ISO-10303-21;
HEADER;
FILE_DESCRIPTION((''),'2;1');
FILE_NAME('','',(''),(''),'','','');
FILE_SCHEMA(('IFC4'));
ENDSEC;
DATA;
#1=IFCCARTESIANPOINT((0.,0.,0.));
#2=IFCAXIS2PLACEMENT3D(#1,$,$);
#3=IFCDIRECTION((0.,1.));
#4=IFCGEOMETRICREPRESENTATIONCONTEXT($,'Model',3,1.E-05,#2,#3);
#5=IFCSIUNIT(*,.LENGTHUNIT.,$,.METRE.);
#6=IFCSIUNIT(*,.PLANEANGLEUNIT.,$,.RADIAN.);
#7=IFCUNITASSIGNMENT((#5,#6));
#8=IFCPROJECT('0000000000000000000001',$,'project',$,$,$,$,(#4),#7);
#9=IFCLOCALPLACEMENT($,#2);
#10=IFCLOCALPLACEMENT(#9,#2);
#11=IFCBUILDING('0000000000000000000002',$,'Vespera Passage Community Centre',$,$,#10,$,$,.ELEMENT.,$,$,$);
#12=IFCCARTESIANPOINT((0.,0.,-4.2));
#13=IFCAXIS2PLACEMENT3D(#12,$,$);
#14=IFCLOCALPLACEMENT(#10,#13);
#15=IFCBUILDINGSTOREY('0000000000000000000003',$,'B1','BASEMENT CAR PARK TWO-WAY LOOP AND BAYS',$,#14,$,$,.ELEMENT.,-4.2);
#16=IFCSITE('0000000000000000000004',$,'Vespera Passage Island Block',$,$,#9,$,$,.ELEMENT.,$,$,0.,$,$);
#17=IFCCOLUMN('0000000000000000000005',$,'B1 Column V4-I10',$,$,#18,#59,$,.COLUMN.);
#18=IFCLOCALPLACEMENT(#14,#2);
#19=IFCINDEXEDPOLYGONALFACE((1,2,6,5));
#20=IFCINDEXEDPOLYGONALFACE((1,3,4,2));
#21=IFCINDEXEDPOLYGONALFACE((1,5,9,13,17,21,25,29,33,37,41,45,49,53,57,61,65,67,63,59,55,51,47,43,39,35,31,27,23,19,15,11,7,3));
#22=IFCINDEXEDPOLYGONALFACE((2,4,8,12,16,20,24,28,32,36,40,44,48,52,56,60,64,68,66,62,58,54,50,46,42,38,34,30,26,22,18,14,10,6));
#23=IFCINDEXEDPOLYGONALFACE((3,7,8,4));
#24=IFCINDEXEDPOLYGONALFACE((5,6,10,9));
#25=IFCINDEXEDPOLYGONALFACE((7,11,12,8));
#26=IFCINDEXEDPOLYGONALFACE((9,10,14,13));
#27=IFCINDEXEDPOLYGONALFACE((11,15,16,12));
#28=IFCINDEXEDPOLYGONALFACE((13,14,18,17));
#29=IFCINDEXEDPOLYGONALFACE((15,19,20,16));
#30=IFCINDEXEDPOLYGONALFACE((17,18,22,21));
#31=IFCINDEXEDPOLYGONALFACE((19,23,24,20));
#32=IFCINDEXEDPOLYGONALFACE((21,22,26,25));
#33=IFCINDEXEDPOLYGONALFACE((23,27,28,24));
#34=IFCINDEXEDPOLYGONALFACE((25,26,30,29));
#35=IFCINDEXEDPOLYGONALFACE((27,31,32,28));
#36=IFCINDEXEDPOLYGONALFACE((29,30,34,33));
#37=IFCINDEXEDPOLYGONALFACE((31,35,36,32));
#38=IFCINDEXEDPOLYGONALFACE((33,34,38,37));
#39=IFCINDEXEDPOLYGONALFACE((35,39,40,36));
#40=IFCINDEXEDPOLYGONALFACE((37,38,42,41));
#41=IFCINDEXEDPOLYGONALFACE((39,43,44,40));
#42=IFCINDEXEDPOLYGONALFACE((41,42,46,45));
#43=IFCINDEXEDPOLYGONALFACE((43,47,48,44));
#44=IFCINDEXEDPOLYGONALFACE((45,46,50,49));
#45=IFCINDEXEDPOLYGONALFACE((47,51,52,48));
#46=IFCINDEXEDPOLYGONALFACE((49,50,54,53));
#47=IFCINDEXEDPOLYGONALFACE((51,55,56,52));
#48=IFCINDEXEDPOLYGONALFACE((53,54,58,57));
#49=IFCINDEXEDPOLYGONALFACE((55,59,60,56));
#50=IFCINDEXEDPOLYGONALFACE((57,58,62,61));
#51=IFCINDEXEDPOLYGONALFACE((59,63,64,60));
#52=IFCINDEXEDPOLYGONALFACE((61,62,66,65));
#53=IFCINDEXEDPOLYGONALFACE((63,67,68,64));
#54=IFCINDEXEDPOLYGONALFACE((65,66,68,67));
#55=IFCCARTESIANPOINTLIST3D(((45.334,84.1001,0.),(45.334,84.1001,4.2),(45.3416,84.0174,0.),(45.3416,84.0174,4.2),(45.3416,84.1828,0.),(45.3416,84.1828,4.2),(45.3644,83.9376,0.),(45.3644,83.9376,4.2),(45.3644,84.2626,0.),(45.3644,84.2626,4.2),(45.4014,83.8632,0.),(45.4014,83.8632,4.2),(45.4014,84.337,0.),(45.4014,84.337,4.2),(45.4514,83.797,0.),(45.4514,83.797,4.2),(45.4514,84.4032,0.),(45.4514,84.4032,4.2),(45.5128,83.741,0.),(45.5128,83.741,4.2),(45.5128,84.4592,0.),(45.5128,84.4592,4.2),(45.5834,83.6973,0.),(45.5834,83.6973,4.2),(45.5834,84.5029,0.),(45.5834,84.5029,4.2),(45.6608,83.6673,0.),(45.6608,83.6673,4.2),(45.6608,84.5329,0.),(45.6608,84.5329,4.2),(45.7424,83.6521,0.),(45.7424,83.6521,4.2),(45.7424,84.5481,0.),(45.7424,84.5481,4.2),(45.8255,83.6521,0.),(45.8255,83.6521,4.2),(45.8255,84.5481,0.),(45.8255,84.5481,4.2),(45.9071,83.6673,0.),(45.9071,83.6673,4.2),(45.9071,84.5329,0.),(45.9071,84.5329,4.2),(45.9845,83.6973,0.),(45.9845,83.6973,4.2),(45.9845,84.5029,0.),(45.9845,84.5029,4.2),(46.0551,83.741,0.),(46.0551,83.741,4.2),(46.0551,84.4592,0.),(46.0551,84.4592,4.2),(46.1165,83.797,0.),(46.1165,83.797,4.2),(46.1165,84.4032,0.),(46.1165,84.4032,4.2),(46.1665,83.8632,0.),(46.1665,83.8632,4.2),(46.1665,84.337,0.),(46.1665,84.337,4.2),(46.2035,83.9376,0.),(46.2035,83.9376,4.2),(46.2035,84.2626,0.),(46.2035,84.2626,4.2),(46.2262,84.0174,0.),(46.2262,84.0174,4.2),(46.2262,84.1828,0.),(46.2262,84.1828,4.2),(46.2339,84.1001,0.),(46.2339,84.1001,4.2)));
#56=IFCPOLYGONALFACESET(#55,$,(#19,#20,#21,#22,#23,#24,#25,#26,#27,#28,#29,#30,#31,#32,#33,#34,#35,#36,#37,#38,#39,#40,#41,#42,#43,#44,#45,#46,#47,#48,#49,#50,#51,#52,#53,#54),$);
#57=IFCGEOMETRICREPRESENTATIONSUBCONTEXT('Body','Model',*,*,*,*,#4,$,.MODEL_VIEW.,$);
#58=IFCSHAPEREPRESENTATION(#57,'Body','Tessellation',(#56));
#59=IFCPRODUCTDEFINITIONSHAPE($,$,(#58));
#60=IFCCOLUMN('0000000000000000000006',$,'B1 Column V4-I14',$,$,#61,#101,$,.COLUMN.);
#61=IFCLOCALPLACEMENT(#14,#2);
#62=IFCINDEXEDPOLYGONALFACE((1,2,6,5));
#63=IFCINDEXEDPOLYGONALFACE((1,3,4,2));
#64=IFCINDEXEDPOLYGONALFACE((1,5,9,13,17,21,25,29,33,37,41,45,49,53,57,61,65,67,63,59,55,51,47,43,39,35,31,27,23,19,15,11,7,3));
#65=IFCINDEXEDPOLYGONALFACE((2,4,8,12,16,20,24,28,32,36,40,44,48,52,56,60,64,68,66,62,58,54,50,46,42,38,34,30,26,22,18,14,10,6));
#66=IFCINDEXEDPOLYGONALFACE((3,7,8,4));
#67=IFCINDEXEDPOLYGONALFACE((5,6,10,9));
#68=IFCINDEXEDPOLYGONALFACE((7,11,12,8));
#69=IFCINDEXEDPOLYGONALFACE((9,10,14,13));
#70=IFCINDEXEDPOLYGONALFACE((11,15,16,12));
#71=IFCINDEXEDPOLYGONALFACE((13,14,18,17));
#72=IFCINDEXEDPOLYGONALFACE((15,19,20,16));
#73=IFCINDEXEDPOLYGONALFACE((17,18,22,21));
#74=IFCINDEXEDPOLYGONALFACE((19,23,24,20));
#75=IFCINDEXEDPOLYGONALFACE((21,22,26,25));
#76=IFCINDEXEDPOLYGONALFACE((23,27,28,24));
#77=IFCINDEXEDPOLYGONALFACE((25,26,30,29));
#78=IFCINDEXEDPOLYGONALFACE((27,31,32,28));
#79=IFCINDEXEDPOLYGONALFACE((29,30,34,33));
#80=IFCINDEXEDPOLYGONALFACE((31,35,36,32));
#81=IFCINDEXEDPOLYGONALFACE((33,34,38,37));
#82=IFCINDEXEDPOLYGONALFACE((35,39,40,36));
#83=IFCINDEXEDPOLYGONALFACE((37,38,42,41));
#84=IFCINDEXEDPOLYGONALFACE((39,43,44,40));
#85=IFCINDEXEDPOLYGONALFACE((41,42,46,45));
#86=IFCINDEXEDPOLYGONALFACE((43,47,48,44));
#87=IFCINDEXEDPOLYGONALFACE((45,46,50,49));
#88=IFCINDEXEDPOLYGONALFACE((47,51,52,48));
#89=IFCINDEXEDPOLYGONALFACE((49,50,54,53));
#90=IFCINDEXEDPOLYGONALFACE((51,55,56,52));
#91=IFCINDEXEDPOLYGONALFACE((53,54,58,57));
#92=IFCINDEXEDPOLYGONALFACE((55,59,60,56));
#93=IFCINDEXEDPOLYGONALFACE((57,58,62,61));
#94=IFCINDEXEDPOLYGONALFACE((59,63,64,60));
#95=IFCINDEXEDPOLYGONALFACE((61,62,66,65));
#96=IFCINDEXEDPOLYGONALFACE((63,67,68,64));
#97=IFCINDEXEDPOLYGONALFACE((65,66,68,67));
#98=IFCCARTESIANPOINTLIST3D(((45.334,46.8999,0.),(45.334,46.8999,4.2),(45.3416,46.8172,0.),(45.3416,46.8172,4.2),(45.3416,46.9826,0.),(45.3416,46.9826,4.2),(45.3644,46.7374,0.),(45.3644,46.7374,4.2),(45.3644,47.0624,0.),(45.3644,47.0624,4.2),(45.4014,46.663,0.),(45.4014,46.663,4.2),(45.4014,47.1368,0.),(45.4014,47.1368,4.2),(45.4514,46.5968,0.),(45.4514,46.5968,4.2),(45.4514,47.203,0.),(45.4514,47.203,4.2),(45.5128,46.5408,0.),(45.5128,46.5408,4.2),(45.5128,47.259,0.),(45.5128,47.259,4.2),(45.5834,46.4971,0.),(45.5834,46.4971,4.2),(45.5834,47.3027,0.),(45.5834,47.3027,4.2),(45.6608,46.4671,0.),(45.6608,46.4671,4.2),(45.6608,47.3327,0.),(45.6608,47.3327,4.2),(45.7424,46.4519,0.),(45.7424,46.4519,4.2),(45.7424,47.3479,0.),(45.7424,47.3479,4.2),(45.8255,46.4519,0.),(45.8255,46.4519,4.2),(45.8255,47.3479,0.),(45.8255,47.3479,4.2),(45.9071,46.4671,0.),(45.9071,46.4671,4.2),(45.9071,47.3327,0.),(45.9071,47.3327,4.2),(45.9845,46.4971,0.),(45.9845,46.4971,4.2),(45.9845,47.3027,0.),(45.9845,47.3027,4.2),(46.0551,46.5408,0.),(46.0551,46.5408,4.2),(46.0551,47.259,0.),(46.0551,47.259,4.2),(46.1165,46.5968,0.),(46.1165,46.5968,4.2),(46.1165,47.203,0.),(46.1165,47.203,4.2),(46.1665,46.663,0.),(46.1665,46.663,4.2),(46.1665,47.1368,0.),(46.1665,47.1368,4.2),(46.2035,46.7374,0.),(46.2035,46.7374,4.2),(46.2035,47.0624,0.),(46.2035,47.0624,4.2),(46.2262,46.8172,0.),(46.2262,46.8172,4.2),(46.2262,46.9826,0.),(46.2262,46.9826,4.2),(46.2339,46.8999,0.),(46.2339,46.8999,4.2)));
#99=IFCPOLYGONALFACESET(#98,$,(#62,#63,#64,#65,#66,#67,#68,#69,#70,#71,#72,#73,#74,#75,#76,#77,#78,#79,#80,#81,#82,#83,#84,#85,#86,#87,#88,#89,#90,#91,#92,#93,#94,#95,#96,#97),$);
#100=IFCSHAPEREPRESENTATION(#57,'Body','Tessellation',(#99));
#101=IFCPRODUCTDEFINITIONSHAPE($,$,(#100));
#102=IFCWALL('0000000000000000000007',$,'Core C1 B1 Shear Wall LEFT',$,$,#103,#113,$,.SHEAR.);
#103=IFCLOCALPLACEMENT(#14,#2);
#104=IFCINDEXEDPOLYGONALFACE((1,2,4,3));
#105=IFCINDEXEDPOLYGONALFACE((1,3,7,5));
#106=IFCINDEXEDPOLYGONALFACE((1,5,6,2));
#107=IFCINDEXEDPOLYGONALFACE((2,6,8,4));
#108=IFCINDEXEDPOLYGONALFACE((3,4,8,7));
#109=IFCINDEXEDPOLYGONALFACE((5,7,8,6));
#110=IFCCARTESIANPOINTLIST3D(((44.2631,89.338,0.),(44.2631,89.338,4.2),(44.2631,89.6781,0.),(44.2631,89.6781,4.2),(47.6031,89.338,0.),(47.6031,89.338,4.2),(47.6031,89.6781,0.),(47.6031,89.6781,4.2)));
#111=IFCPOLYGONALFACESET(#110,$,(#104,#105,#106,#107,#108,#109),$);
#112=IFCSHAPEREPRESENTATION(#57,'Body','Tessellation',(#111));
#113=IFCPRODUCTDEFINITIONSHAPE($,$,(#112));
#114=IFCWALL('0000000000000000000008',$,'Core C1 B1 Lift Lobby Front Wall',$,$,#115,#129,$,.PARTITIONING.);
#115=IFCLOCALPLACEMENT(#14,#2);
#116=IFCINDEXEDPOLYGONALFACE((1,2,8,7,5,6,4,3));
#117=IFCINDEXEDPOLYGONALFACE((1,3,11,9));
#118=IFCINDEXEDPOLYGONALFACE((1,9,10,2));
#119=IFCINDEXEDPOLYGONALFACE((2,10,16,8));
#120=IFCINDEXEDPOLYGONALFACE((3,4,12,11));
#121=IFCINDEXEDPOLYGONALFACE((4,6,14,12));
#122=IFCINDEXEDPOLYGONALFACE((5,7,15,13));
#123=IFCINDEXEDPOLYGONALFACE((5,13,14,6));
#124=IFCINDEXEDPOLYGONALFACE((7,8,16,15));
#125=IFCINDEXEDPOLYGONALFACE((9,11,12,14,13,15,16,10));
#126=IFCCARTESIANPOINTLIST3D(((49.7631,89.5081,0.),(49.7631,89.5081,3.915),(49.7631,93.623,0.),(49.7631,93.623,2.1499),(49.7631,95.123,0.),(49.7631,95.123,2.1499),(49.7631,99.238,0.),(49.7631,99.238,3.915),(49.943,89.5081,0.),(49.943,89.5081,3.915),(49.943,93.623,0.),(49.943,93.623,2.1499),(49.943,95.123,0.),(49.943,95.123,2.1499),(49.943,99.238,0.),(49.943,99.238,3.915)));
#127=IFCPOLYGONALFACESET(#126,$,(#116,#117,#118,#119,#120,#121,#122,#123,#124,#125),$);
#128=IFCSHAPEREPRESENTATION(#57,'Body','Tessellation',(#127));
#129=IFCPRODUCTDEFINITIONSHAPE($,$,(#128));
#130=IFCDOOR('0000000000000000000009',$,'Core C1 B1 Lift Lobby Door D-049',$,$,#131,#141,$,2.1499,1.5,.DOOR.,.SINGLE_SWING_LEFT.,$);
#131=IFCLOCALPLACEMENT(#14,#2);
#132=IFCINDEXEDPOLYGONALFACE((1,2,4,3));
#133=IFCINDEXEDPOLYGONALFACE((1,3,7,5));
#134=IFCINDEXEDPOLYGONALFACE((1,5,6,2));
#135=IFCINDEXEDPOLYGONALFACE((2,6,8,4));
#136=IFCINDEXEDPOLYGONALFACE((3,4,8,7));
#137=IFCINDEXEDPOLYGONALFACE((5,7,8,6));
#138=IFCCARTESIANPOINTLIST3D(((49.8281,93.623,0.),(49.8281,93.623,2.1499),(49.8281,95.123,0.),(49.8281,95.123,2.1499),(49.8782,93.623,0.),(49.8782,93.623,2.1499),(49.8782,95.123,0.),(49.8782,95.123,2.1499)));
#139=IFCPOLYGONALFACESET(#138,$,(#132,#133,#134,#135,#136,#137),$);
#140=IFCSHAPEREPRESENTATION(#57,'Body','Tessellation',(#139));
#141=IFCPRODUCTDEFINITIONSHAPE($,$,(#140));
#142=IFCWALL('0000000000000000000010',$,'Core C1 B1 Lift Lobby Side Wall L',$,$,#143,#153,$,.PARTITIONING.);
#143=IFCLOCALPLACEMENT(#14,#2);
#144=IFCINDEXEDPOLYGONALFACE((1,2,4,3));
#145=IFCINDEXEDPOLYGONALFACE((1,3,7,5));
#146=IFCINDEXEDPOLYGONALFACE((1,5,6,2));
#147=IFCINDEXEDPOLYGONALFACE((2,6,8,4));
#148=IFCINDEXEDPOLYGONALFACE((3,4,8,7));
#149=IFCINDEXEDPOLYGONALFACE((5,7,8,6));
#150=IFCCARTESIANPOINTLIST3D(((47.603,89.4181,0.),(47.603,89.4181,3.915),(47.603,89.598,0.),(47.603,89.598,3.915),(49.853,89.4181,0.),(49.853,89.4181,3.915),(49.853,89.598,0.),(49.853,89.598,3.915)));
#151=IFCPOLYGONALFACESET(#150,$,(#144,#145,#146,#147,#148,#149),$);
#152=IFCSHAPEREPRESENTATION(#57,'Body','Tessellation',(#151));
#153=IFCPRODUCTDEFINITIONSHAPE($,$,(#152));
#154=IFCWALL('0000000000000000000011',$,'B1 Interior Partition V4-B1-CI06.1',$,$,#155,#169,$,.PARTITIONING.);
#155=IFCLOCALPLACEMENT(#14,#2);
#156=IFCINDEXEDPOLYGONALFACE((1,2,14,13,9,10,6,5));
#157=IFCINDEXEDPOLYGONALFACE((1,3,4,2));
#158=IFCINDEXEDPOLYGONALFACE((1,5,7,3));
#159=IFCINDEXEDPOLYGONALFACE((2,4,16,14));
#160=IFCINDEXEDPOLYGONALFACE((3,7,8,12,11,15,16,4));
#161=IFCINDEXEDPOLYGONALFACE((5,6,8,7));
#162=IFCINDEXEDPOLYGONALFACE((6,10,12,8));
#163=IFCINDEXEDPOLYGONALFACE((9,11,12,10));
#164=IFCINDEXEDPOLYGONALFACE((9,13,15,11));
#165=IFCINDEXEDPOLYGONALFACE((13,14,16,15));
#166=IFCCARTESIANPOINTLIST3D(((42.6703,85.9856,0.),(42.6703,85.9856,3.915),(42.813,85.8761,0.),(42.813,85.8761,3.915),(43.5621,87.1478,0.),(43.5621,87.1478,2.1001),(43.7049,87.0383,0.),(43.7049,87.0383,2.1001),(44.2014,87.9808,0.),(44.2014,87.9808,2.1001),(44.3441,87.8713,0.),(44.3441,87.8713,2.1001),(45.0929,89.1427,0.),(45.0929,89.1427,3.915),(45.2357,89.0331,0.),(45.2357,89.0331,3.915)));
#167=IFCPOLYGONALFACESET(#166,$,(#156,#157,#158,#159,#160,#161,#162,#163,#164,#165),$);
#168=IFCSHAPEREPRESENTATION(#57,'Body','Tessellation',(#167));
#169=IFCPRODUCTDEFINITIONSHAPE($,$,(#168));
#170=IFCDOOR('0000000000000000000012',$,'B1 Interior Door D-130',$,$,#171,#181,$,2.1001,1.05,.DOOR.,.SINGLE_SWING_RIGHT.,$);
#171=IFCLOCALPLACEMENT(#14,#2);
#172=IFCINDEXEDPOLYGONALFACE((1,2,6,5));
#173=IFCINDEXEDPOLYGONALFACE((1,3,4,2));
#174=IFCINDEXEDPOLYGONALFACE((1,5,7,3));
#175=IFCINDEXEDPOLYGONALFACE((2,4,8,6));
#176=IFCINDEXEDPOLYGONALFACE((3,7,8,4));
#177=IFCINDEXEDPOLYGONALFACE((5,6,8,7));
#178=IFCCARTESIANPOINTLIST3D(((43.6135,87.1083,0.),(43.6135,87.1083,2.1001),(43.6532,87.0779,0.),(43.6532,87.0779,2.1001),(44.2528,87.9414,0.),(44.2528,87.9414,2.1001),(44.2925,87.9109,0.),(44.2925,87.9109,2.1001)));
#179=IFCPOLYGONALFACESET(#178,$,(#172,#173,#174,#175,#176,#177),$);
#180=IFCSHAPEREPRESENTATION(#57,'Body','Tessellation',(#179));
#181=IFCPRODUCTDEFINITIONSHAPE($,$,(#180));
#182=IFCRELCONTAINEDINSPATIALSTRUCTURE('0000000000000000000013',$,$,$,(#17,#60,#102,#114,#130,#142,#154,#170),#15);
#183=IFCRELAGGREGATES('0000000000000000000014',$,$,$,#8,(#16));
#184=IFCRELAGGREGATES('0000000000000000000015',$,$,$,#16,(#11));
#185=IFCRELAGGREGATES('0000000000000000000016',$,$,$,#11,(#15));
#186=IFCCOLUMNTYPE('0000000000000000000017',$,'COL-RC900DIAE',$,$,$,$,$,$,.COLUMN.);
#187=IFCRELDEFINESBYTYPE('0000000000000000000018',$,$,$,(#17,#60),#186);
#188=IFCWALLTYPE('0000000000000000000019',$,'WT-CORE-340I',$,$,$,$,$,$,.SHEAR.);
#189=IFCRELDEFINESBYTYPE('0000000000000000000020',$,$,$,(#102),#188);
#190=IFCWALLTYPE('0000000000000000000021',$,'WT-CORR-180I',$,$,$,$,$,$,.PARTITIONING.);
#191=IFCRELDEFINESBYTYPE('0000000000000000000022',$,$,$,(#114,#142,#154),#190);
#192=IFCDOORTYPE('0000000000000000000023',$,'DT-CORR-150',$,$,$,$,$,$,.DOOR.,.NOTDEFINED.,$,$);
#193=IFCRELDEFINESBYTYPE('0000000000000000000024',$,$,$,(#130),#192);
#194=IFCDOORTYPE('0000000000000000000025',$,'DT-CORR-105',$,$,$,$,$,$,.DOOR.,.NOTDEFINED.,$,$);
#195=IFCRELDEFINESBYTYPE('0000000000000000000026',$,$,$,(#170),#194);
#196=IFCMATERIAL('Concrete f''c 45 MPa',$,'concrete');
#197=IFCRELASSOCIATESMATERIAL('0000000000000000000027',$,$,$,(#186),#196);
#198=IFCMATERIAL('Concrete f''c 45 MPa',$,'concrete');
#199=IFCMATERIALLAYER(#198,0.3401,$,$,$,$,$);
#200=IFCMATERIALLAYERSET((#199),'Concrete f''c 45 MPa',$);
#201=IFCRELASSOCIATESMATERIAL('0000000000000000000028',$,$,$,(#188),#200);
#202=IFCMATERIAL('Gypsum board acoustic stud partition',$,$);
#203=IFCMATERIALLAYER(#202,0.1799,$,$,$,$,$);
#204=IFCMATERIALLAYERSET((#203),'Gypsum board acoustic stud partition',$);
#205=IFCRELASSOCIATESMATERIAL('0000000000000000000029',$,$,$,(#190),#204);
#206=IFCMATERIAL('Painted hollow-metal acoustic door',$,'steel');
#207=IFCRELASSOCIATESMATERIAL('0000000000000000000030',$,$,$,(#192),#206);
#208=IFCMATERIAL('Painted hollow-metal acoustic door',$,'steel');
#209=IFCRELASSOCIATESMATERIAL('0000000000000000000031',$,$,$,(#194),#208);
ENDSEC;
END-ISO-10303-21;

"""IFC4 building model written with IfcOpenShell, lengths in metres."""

from ifc_helpers import new_model, si_unit, direction, frame, frame_2d, origin, origin_2d, place, context, subcontext, project, spatial, rectangle, circle, extrude, material, layer, layer_set, material_profile, profile_set, type_object, element, fill, save


model = new_model("IFC4")

# Units and contexts
model_context = context("Model", 3, precision=1e-05, world=origin(), true_north=direction((0.0, 1.0)))
body_context = subcontext(model_context, "Body", "Model", "MODEL_VIEW")
ifc_project = project(units=[si_unit("LENGTHUNIT", "METRE"), si_unit("PLANEANGLEUNIT", "RADIAN")], contexts=[model_context])

# Site, building, storey
site_placement = place(None, origin())
site = spatial("IfcSite", under=ifc_project, at=site_placement, Name="Vespera Passage Island Block", CompositionType="ELEMENT", RefElevation=0.0)
building_placement = place(site_placement, origin())
building = spatial("IfcBuilding", under=site, at=building_placement, Name="Vespera Passage Community Centre", CompositionType="ELEMENT")
storey_placement = place(building_placement, frame((0.0, 0.0, -4.2)))
storey = spatial("IfcBuildingStorey", under=building, at=storey_placement, Name="B1", Description="BASEMENT CAR PARK TWO-WAY LOOP AND BAYS", CompositionType="ELEMENT", Elevation=-4.2)

# Columns
ifc_material_1 = material(Name="Concrete f'c 45 MPa", Category="concrete")
ifc_material_profile_1 = material_profile(ifc_material_1, circle(Radius=0.45, at=origin_2d()), Name="RC900DIA")
ifc_profile_set_1 = profile_set([ifc_material_profile_1], Name="Concrete f'c 45 MPa")
column_type_1 = type_object("IfcColumnType", Name="COL-RC900DIAE", PredefinedType="COLUMN", material=ifc_profile_set_1)
for number, where, z_axis, x_axis, name in (
    (1, (45.7839, 84.1001, 0.0), (0.0, 0.0, 1.0), (1.0, 0.0, 0.0), "B1 Column V4-I10"),
    (2, (45.7839, 46.8999, 0.0), (0.0, 0.0, 1.0), (1.0, 0.0, 0.0), "B1 Column V4-I14"),
):
    element("IfcColumn", number, at=place(storey_placement, frame(where, z_axis=z_axis, x_axis=x_axis)), inside=storey, type_object=column_type_1, Name=name, PredefinedType="COLUMN", context=body_context, shape_type="SweptSolid", body=[
        extrude(circle(Radius=0.45, at=origin_2d()), origin(), (0.0, 0.0, 1.0), 4.2),
    ])

# Wall
ifc_material_2 = material(Name="Concrete f'c 45 MPa", Category="concrete")
ifc_layer_1 = layer(ifc_material_2, 0.3401)
ifc_layer_set_1 = layer_set([ifc_layer_1], Name="Concrete f'c 45 MPa")
wall_type_1 = type_object("IfcWallType", Name="WT-CORE-340I", PredefinedType="SHEAR", material=ifc_layer_set_1)
wall_1_placement = place(storey_placement, frame((47.603, 89.5081, 0.0), z_axis=(0.0, 0.0, 1.0), x_axis=(-1.0, 0.0, 0.0)))
element("IfcWall", 3, at=wall_1_placement, inside=storey, type_object=wall_type_1, Name="Core C1 B1 Shear Wall LEFT", PredefinedType="SHEAR", context=body_context, shape_type="SweptSolid", body=[
    extrude(rectangle(XDim=3.3401, YDim=0.3401, at=frame_2d((1.6699, 0.0))), origin(), (0.0, 0.0, 1.0), 4.2),
])

# Wall, opening, door
ifc_material_3 = material(Name="Gypsum board acoustic stud partition")
ifc_layer_2 = layer(ifc_material_3, 0.1799)
ifc_layer_set_2 = layer_set([ifc_layer_2], Name="Gypsum board acoustic stud partition")
wall_type_2 = type_object("IfcWallType", Name="WT-CORR-180I", PredefinedType="PARTITIONING", material=ifc_layer_set_2)
wall_2_placement = place(storey_placement, frame((49.853, 89.5081, 0.0), z_axis=(0.0, 0.0, 1.0), x_axis=(0.0, 1.0, 0.0)))
wall_2 = element("IfcWall", 4, at=wall_2_placement, inside=storey, type_object=wall_type_2, Name="Core C1 B1 Lift Lobby Front Wall", PredefinedType="PARTITIONING", context=body_context, shape_type="SweptSolid", body=[
    extrude(rectangle(XDim=9.73, YDim=0.1799, at=frame_2d((4.865, 0.0))), origin(), (0.0, 0.0, 1.0), 3.915),
])
opening_1_placement = place(wall_2_placement, frame((4.115, 0.0, 0.0)))
opening_1 = element("IfcOpeningElement", 5, at=opening_1_placement, cuts=wall_2, PredefinedType="OPENING", context=body_context, shape_type="SweptSolid", body=[
    extrude(rectangle(XDim=1.5, YDim=2.1499, at=frame_2d((0.75, 1.075))), frame((0.0, 0.0999, 0.0), z_axis=(0.0, -1.0, 0.0), x_axis=(1.0, 0.0, 0.0)), (0.0, 0.0, 1.0), 0.2),
])
ifc_material_4 = material(Name="Painted hollow-metal acoustic door", Category="steel")
door_type_1 = type_object("IfcDoorType", Name="DT-CORR-150", OperationType="NOTDEFINED", PredefinedType="DOOR", material=ifc_material_4)
door_1_placement = place(opening_1_placement, origin())
door_1 = element("IfcDoor", 6, at=door_1_placement, inside=storey, type_object=door_type_1, Name="Core C1 B1 Lift Lobby Door D-049", OperationType="SINGLE_SWING_LEFT", OverallHeight=2.1499, OverallWidth=1.5, PredefinedType="DOOR", context=body_context, shape_type="SweptSolid", body=[
    extrude(rectangle(XDim=1.5, YDim=2.1499, at=frame_2d((0.75, 1.075))), frame((0.0, 0.0249, 0.0), z_axis=(0.0, -1.0, 0.0), x_axis=(1.0, 0.0, 0.0)), (0.0, 0.0, 1.0), 0.05),
])
fill(opening_1, door_1)

# Wall
wall_3_placement = place(storey_placement, frame((47.603, 89.5081, 0.0), z_axis=(0.0, 0.0, 1.0), x_axis=(1.0, 0.0, 0.0)))
element("IfcWall", 7, at=wall_3_placement, inside=storey, type_object=wall_type_2, Name="Core C1 B1 Lift Lobby Side Wall L", PredefinedType="PARTITIONING", context=body_context, shape_type="SweptSolid", body=[
    extrude(rectangle(XDim=2.25, YDim=0.1799, at=frame_2d((1.125, 0.0))), origin(), (0.0, 0.0, 1.0), 3.915),
])

# Wall, opening, door
wall_4_placement = place(storey_placement, frame((45.1643, 89.0879, 0.0), z_axis=(0.0, 0.0, 1.0), x_axis=(-0.608788, -0.793333, 0.0)))
wall_4 = element("IfcWall", 8, at=wall_4_placement, inside=storey, type_object=wall_type_2, Name="B1 Interior Partition V4-B1-CI06.1", PredefinedType="PARTITIONING", context=body_context, shape_type="SweptSolid", body=[
    extrude(rectangle(XDim=3.9795, YDim=0.1799, at=frame_2d((1.9897, 0.0))), origin(), (0.0, 0.0, 1.0), 3.915),
])
opening_2_placement = place(wall_4_placement, frame((1.4646, 0.0, 0.0)))
opening_2 = element("IfcOpeningElement", 9, at=opening_2_placement, cuts=wall_4, PredefinedType="OPENING", context=body_context, shape_type="SweptSolid", body=[
    extrude(rectangle(XDim=1.05, YDim=2.1001, at=frame_2d((0.5249, 1.05))), frame((0.0, 0.0999, 0.0), z_axis=(0.0, -1.0, 0.0), x_axis=(1.0, 0.0, 0.0)), (0.0, 0.0, 1.0), 0.2),
])
ifc_material_5 = material(Name="Painted hollow-metal acoustic door", Category="steel")
door_type_2 = type_object("IfcDoorType", Name="DT-CORR-105", OperationType="NOTDEFINED", PredefinedType="DOOR", material=ifc_material_5)
door_2_placement = place(opening_2_placement, origin())
door_2 = element("IfcDoor", 10, at=door_2_placement, inside=storey, type_object=door_type_2, Name="B1 Interior Door D-130", OperationType="SINGLE_SWING_RIGHT", OverallHeight=2.1001, OverallWidth=1.05, PredefinedType="DOOR", context=body_context, shape_type="SweptSolid", body=[
    extrude(rectangle(XDim=1.05, YDim=2.1001, at=frame_2d((0.5249, 1.05))), frame((0.0, 0.0249, 0.0), z_axis=(0.0, -1.0, 0.0), x_axis=(1.0, 0.0, 0.0)), (0.0, 0.0, 1.0), 0.05),
])
fill(opening_2, door_2)

save(model, "model.ifc")
